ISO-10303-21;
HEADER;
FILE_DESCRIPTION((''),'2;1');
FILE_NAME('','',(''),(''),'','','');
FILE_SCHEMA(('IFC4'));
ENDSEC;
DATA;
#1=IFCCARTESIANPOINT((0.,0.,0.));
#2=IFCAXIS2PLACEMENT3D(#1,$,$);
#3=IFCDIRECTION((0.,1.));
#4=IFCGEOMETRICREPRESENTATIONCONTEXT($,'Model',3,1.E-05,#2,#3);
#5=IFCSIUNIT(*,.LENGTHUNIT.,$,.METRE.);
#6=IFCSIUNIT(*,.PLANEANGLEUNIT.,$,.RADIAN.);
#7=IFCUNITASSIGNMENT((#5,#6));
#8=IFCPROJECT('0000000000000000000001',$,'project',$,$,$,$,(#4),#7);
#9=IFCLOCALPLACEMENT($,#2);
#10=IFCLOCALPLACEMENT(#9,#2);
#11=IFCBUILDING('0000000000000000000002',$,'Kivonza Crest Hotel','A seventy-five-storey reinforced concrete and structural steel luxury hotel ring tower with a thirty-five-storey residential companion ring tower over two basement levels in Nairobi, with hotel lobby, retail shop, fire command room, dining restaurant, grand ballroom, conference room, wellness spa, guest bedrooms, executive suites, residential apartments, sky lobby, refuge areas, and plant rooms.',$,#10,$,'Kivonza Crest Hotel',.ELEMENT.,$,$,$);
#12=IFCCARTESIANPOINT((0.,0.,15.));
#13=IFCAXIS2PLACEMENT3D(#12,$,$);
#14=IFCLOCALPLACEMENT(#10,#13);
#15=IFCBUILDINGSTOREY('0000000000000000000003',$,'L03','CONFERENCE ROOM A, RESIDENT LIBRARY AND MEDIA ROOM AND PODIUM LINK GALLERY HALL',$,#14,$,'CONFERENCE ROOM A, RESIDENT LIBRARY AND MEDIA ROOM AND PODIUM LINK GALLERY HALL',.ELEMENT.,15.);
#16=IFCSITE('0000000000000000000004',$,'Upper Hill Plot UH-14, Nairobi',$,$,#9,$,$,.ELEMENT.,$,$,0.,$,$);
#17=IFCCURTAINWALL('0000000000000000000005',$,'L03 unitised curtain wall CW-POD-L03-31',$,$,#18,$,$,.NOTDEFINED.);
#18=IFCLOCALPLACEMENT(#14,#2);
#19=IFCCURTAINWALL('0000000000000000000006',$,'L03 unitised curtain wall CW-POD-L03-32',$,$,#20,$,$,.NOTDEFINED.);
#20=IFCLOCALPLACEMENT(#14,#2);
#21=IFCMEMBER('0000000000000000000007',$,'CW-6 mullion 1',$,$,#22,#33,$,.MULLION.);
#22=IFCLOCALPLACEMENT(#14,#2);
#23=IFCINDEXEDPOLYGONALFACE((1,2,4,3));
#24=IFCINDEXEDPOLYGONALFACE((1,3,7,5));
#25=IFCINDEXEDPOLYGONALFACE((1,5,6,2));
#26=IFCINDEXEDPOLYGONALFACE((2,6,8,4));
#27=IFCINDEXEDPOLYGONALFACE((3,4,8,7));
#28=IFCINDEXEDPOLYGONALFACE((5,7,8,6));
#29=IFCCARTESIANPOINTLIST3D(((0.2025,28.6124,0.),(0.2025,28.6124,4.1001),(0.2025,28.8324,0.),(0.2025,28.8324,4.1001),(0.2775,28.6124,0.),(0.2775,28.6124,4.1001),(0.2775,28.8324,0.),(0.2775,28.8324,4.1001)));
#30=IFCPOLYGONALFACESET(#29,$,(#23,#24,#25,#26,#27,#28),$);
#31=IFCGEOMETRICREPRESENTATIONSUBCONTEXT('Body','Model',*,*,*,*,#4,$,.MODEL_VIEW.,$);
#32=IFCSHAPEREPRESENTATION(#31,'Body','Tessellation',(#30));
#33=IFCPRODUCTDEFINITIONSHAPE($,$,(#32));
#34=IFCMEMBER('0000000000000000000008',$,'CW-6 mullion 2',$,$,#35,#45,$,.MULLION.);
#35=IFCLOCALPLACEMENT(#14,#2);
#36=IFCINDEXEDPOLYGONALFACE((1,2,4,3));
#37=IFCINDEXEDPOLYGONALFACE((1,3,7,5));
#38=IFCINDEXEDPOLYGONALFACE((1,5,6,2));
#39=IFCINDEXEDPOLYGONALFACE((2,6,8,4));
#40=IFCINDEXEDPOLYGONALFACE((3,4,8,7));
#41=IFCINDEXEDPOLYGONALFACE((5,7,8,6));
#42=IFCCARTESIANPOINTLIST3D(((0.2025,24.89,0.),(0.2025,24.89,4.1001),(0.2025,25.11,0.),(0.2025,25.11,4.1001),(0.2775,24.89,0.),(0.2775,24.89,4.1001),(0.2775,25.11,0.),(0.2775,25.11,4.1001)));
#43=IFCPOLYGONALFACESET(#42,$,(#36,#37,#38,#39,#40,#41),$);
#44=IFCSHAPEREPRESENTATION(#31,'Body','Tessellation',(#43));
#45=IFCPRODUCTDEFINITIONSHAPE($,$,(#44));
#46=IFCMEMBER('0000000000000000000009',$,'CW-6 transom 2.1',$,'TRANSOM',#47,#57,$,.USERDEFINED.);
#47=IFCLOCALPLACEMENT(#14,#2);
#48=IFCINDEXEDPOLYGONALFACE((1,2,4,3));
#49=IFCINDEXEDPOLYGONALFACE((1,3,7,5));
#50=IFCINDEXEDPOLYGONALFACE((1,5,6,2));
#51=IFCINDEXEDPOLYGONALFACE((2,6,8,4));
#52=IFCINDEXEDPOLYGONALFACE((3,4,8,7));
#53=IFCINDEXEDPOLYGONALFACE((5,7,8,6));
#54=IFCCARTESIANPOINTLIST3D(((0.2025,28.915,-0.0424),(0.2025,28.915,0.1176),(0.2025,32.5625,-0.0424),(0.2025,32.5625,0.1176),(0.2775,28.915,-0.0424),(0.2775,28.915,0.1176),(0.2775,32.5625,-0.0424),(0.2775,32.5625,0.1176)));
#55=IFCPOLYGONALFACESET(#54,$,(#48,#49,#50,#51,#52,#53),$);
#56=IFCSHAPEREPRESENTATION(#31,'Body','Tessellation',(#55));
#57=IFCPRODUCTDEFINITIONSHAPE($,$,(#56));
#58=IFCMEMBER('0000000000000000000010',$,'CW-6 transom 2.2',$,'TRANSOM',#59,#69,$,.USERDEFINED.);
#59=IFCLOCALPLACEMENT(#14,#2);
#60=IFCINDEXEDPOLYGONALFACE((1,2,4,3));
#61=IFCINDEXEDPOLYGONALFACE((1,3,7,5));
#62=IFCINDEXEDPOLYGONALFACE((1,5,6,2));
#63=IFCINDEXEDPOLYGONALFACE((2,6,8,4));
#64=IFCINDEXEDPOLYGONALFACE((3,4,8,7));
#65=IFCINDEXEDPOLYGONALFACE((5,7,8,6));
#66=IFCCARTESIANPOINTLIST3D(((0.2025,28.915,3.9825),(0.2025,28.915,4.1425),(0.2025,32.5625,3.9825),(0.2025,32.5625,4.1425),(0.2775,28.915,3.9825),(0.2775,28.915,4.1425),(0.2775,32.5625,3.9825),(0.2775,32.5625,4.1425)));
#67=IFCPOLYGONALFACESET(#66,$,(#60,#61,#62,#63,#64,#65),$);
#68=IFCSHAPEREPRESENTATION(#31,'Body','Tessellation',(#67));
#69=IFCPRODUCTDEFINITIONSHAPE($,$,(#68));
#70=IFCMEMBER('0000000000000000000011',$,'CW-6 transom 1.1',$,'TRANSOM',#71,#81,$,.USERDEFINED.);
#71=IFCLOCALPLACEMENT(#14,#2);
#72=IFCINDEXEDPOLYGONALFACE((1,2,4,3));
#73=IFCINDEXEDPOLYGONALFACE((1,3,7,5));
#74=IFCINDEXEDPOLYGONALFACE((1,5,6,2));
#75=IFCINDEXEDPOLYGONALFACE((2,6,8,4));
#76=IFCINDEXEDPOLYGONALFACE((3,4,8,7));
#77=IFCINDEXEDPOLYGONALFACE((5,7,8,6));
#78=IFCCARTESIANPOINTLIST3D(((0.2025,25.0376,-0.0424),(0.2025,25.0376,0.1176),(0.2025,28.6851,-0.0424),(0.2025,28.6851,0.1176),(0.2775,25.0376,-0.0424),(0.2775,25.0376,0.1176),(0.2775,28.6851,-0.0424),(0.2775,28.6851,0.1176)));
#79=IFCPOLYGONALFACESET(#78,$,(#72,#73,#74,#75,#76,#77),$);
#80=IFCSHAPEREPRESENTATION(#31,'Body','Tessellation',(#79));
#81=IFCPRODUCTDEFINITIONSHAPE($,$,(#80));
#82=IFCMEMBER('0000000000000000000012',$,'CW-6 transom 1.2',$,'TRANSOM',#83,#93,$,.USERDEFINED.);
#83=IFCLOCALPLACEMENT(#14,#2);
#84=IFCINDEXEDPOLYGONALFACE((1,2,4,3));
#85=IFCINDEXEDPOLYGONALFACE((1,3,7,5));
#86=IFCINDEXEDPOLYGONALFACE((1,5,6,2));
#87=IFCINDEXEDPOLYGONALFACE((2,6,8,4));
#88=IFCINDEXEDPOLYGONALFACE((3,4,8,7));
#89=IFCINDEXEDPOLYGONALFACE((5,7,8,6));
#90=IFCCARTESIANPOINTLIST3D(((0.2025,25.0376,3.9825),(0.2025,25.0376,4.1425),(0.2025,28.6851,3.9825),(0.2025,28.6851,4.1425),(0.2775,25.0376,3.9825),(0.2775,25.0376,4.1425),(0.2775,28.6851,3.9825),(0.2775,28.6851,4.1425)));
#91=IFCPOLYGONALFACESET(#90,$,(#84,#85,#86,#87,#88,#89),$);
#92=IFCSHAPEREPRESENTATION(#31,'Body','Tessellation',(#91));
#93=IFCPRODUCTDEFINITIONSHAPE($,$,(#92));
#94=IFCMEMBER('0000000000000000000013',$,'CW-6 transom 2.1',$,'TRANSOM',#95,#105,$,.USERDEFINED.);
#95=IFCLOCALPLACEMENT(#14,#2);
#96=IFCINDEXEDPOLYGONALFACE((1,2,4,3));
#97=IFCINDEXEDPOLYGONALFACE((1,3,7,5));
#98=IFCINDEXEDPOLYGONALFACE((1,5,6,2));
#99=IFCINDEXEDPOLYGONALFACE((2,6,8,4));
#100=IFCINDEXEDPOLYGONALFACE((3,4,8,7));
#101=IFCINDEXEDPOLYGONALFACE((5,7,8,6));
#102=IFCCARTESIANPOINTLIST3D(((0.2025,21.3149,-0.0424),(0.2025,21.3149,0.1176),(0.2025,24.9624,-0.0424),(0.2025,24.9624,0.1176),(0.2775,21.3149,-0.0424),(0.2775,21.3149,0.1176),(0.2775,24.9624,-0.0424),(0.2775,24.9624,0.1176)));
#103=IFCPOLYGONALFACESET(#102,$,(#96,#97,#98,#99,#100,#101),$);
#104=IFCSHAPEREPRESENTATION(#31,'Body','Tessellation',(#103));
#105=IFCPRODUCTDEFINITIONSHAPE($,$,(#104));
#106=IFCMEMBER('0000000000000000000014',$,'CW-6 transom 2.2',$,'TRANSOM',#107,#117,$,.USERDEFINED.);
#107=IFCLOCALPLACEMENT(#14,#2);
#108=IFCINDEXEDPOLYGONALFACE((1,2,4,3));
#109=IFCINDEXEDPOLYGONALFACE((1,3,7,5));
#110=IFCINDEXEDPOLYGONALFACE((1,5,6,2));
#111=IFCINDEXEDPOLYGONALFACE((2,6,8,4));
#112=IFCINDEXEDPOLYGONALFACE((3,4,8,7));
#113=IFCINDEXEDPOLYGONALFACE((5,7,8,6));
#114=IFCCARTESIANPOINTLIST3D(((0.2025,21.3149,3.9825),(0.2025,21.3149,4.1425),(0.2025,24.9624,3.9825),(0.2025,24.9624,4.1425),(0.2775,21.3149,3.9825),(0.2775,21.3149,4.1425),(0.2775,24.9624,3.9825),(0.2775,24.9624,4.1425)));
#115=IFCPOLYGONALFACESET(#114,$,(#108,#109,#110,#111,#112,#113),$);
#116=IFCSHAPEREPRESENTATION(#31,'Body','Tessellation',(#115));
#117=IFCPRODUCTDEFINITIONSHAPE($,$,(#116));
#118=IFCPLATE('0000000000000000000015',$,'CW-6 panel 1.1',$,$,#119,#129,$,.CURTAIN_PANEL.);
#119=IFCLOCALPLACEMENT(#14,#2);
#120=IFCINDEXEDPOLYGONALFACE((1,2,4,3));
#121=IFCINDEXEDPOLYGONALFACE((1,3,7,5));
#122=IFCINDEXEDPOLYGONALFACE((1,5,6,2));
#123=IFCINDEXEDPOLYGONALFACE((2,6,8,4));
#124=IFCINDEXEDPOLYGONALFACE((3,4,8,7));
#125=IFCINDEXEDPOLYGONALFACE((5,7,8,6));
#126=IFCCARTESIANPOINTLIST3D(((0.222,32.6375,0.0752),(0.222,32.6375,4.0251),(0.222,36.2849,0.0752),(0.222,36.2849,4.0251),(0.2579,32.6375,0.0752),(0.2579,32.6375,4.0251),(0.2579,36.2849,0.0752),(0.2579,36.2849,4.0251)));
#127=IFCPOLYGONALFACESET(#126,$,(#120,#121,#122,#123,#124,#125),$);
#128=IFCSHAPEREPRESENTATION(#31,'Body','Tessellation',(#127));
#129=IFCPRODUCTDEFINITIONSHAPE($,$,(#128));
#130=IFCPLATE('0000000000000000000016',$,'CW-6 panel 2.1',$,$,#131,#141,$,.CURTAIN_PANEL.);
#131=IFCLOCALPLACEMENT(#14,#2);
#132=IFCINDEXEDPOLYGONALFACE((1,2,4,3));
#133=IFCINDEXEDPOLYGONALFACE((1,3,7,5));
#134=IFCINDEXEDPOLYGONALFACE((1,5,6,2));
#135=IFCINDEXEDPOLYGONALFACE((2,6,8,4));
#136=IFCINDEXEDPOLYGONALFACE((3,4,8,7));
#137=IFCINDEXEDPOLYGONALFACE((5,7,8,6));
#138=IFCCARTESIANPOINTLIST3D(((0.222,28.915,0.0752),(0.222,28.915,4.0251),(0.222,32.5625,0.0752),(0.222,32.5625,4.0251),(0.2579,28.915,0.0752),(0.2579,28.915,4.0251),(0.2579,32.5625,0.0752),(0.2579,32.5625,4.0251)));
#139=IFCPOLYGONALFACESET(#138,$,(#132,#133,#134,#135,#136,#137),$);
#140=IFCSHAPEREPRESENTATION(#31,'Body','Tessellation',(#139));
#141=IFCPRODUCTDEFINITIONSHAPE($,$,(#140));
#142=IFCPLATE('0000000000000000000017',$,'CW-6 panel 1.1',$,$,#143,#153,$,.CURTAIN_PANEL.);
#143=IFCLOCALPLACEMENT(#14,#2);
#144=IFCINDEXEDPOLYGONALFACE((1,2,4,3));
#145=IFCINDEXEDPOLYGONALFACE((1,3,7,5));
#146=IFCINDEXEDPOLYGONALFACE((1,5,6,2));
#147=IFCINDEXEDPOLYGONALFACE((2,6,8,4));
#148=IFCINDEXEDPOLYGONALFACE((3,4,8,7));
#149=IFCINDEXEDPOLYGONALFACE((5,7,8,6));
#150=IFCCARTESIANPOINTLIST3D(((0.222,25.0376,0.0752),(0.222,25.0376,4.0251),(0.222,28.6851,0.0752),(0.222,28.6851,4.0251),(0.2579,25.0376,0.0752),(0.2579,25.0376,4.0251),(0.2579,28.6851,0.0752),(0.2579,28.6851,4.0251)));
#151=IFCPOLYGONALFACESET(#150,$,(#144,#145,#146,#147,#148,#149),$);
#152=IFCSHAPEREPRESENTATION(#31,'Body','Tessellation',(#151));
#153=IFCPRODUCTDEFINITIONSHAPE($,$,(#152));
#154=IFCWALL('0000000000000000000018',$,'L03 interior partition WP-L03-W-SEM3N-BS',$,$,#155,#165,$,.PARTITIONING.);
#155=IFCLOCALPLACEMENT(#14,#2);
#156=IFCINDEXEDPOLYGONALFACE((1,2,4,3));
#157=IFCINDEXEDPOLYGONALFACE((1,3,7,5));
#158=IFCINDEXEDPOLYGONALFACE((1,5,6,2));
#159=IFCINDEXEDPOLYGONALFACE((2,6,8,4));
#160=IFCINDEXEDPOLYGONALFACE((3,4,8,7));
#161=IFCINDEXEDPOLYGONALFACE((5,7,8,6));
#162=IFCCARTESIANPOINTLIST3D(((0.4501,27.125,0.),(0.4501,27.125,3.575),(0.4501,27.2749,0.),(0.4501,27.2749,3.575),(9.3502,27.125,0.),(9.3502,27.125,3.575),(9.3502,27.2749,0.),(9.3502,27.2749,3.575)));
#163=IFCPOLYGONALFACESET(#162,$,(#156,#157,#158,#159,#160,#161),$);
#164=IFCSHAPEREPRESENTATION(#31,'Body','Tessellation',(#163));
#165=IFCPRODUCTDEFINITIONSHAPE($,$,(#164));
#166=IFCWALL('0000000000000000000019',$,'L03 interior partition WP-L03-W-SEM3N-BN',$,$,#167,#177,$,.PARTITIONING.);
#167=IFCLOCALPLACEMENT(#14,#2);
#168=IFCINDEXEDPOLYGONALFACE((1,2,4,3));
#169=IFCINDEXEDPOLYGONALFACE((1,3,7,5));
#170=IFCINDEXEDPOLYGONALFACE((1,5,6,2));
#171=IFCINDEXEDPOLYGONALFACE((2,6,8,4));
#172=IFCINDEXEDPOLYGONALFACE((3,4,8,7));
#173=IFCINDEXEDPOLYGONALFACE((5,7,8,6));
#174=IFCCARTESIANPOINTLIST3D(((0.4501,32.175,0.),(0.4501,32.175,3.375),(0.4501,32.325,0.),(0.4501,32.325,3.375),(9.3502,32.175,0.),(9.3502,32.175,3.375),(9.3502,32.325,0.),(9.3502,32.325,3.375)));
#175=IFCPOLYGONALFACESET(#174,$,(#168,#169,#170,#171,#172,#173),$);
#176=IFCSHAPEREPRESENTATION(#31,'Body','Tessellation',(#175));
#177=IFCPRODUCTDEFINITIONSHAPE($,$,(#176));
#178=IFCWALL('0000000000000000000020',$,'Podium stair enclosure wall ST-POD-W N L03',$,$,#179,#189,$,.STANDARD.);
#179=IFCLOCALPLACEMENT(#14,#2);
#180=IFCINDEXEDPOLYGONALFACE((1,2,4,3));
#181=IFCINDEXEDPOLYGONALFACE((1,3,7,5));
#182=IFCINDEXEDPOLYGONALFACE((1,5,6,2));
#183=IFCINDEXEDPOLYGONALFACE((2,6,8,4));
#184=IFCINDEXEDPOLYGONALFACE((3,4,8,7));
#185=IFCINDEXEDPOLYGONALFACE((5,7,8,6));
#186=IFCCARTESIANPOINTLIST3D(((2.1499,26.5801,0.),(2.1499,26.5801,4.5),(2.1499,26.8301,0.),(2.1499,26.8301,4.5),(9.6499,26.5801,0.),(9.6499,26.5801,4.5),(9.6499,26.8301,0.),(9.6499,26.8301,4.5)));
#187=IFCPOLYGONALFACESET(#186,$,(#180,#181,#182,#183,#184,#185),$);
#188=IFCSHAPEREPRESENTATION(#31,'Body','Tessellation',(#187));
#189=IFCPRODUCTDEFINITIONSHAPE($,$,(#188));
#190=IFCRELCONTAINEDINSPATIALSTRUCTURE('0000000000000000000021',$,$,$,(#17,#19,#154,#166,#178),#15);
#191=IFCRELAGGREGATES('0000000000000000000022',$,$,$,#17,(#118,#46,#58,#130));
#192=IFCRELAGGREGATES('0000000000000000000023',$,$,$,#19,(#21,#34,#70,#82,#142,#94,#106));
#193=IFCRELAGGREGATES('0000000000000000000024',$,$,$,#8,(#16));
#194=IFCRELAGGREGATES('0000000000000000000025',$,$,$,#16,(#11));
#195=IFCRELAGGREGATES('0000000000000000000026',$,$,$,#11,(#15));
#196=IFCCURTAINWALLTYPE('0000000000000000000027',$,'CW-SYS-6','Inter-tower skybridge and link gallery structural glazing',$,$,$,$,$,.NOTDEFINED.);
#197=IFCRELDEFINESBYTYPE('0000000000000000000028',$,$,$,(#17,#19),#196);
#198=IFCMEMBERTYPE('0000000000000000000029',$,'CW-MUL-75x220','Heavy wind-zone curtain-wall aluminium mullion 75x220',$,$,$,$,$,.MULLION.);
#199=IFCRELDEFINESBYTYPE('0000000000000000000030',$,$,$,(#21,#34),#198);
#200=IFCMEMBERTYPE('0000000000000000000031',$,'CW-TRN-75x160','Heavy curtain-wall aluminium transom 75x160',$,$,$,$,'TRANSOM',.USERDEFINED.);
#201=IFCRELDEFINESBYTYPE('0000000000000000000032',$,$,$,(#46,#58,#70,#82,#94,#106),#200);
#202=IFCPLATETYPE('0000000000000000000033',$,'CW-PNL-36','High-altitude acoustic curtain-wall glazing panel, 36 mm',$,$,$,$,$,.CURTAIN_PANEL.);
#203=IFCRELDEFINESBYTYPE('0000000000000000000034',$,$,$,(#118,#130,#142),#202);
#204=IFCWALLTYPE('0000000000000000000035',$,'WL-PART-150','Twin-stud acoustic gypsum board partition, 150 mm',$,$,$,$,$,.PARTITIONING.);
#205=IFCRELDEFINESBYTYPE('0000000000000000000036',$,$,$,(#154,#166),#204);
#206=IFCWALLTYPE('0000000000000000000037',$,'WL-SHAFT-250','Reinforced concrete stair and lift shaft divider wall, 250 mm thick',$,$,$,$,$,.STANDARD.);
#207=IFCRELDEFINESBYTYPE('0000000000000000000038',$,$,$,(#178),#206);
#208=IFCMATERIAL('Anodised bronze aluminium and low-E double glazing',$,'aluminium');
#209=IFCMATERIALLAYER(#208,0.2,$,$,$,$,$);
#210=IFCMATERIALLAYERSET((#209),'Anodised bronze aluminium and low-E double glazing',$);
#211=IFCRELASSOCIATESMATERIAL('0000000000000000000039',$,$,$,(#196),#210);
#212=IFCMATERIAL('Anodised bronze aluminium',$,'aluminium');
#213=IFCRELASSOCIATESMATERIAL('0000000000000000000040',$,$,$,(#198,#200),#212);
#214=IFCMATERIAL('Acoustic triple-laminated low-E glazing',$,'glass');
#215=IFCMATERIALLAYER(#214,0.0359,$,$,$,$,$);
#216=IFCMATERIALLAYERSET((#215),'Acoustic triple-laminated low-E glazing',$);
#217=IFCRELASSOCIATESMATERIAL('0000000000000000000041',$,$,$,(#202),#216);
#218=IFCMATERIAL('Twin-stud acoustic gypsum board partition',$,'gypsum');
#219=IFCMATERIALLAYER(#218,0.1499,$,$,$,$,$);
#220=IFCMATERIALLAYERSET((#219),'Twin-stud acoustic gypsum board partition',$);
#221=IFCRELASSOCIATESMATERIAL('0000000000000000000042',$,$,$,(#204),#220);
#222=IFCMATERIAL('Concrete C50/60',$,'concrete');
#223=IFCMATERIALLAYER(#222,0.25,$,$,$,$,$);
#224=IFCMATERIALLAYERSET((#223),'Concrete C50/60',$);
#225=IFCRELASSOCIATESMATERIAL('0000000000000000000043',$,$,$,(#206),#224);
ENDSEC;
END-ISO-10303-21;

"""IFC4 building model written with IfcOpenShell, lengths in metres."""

from ifc_helpers import new_model, si_unit, direction, frame, frame_2d, origin, origin_2d, place, context, subcontext, project, spatial, rectangle, extrude, material, layer, layer_set, material_profile, profile_set, type_object, element, aggregate, save


model = new_model("IFC4")

# Units and contexts
model_context = context("Model", 3, precision=1e-05, world=origin(), true_north=direction((0.0, 1.0)))
body_context = subcontext(model_context, "Body", "Model", "MODEL_VIEW")
ifc_project = project(units=[si_unit("LENGTHUNIT", "METRE"), si_unit("PLANEANGLEUNIT", "RADIAN")], contexts=[model_context])

# Site, building, storey
site_placement = place(None, origin())
site = spatial("IfcSite", under=ifc_project, at=site_placement, Name="Upper Hill Plot UH-14, Nairobi", CompositionType="ELEMENT", RefElevation=0.0)
building_placement = place(site_placement, origin())
building = spatial("IfcBuilding", under=site, at=building_placement, Name="Kivonza Crest Hotel", Description="A seventy-five-storey reinforced concrete and structural steel luxury hotel ring tower with a thirty-five-storey residential companion ring tower over two basement levels in Nairobi, with hotel lobby, retail shop, fire command room, dining restaurant, grand ballroom, conference room, wellness spa, guest bedrooms, executive suites, residential apartments, sky lobby, refuge areas, and plant rooms.", LongName="Kivonza Crest Hotel", CompositionType="ELEMENT")
storey_placement = place(building_placement, frame((0.0, 0.0, 15.0)))
storey = spatial("IfcBuildingStorey", under=building, at=storey_placement, Name="L03", Description="CONFERENCE ROOM A, RESIDENT LIBRARY AND MEDIA ROOM AND PODIUM LINK GALLERY HALL", LongName="CONFERENCE ROOM A, RESIDENT LIBRARY AND MEDIA ROOM AND PODIUM LINK GALLERY HALL", CompositionType="ELEMENT", Elevation=15.0)

# Curtain walls, members
ifc_material_1 = material(Name="Anodised bronze aluminium and low-E double glazing", Category="aluminium")
ifc_layer_1 = layer(ifc_material_1, 0.2)
ifc_layer_set_1 = layer_set([ifc_layer_1], Name="Anodised bronze aluminium and low-E double glazing")
curtain_wall_type = type_object("IfcCurtainWallType", Name="CW-SYS-6", Description="Inter-tower skybridge and link gallery structural glazing", PredefinedType="NOTDEFINED", material=ifc_layer_set_1)
curtain_wall_1_placement = place(storey_placement, origin())
curtain_wall_1 = element("IfcCurtainWall", 1, at=curtain_wall_1_placement, inside=storey, type_object=curtain_wall_type, Name="L03 unitised curtain wall CW-POD-L03-31", PredefinedType="NOTDEFINED")
ifc_material_2 = material(Name="Anodised bronze aluminium", Category="aluminium")
ifc_material_profile_1 = material_profile(ifc_material_2, rectangle(XDim=0.075, YDim=0.22, at=origin_2d()), Name="CW-M 75x220")
ifc_profile_set_1 = profile_set([ifc_material_profile_1], Name="Anodised bronze aluminium")
member_type_1 = type_object("IfcMemberType", Name="CW-MUL-75x220", Description="Heavy wind-zone curtain-wall aluminium mullion 75x220", PredefinedType="MULLION", material=ifc_profile_set_1)
curtain_wall_2_placement = place(storey_placement, origin())
curtain_wall_2 = element("IfcCurtainWall", 2, at=curtain_wall_2_placement, inside=storey, type_object=curtain_wall_type, Name="L03 unitised curtain wall CW-POD-L03-32", PredefinedType="NOTDEFINED")
member_1_placement = place(storey_placement, frame((0.24, 28.7224, 0.0), z_axis=(0.0, 0.0, 1.0), x_axis=(1.0, 0.0, 0.0)))
member_1 = element("IfcMember", 3, at=member_1_placement, type_object=member_type_1, Name="CW-6 mullion 1", PredefinedType="MULLION", context=body_context, shape_type="SweptSolid", body=[
    extrude(rectangle(XDim=0.075, YDim=0.22, at=origin_2d()), origin(), (0.0, 0.0, 1.0), 4.1001),
])
member_2_placement = place(storey_placement, frame((0.24, 25.0, 0.0), z_axis=(0.0, 0.0, 1.0), x_axis=(1.0, 0.0, 0.0)))
member_2 = element("IfcMember", 4, at=member_2_placement, type_object=member_type_1, Name="CW-6 mullion 2", PredefinedType="MULLION", context=body_context, shape_type="SweptSolid", body=[
    extrude(rectangle(XDim=0.075, YDim=0.22, at=origin_2d()), origin(), (0.0, 0.0, 1.0), 4.1001),
])

# Members
ifc_material_profile_2 = material_profile(ifc_material_2, rectangle(XDim=0.075, YDim=0.1599, at=origin_2d()), Name="CW-T 75x160")
ifc_profile_set_2 = profile_set([ifc_material_profile_2], Name="Anodised bronze aluminium")
member_type_2 = type_object("IfcMemberType", Name="CW-TRN-75x160", Description="Heavy curtain-wall aluminium transom 75x160", ElementType="TRANSOM", PredefinedType="USERDEFINED", material=ifc_profile_set_2)
member_3_placement = place(storey_placement, frame((0.24, 32.5625, 0.0376), z_axis=(0.0, -1.0, 0.0), x_axis=(1.0, 0.0, 0.0)))
member_3 = element("IfcMember", 5, at=member_3_placement, type_object=member_type_2, Name="CW-6 transom 2.1", ObjectType="TRANSOM", PredefinedType="USERDEFINED", context=body_context, shape_type="SweptSolid", body=[
    extrude(rectangle(XDim=0.075, YDim=0.1599, at=origin_2d()), origin(), (0.0, 0.0, 1.0), 3.6475),
])
member_4_placement = place(storey_placement, frame((0.24, 32.5625, 4.0625), z_axis=(0.0, -1.0, 0.0), x_axis=(1.0, 0.0, 0.0)))
member_4 = element("IfcMember", 6, at=member_4_placement, type_object=member_type_2, Name="CW-6 transom 2.2", ObjectType="TRANSOM", PredefinedType="USERDEFINED", context=body_context, shape_type="SweptSolid", body=[
    extrude(rectangle(XDim=0.075, YDim=0.1599, at=origin_2d()), origin(), (0.0, 0.0, 1.0), 3.6475),
])
member_5_placement = place(storey_placement, frame((0.24, 28.6851, 0.0376), z_axis=(0.0, -1.0, 0.0), x_axis=(1.0, 0.0, 0.0)))
member_5 = element("IfcMember", 7, at=member_5_placement, type_object=member_type_2, Name="CW-6 transom 1.1", ObjectType="TRANSOM", PredefinedType="USERDEFINED", context=body_context, shape_type="SweptSolid", body=[
    extrude(rectangle(XDim=0.075, YDim=0.1599, at=origin_2d()), origin(), (0.0, 0.0, 1.0), 3.6475),
])
member_6_placement = place(storey_placement, frame((0.24, 28.6851, 4.0625), z_axis=(0.0, -1.0, 0.0), x_axis=(1.0, 0.0, 0.0)))
member_6 = element("IfcMember", 8, at=member_6_placement, type_object=member_type_2, Name="CW-6 transom 1.2", ObjectType="TRANSOM", PredefinedType="USERDEFINED", context=body_context, shape_type="SweptSolid", body=[
    extrude(rectangle(XDim=0.075, YDim=0.1599, at=origin_2d()), origin(), (0.0, 0.0, 1.0), 3.6475),
])
member_7_placement = place(storey_placement, frame((0.24, 24.9624, 0.0376), z_axis=(0.0, -1.0, 0.0), x_axis=(1.0, 0.0, 0.0)))
member_7 = element("IfcMember", 9, at=member_7_placement, type_object=member_type_2, Name="CW-6 transom 2.1", ObjectType="TRANSOM", PredefinedType="USERDEFINED", context=body_context, shape_type="SweptSolid", body=[
    extrude(rectangle(XDim=0.075, YDim=0.1599, at=origin_2d()), origin(), (0.0, 0.0, 1.0), 3.6475),
])
member_8_placement = place(storey_placement, frame((0.24, 24.9624, 4.0625), z_axis=(0.0, -1.0, 0.0), x_axis=(1.0, 0.0, 0.0)))
member_8 = element("IfcMember", 10, at=member_8_placement, type_object=member_type_2, Name="CW-6 transom 2.2", ObjectType="TRANSOM", PredefinedType="USERDEFINED", context=body_context, shape_type="SweptSolid", body=[
    extrude(rectangle(XDim=0.075, YDim=0.1599, at=origin_2d()), origin(), (0.0, 0.0, 1.0), 3.6475),
])

# Plates
ifc_material_3 = material(Name="Acoustic triple-laminated low-E glazing", Category="glass")
ifc_layer_2 = layer(ifc_material_3, 0.0359)
ifc_layer_set_2 = layer_set([ifc_layer_2], Name="Acoustic triple-laminated low-E glazing")
plate_type = type_object("IfcPlateType", Name="CW-PNL-36", Description="High-altitude acoustic curtain-wall glazing panel, 36 mm", PredefinedType="CURTAIN_PANEL", material=ifc_layer_set_2)
plate_1_placement = place(storey_placement, frame((0.24, 34.4612, 0.0752), z_axis=(0.0, 0.0, 1.0), x_axis=(0.0, -1.0, 0.0)))
plate_1 = element("IfcPlate", 11, at=plate_1_placement, type_object=plate_type, Name="CW-6 panel 1.1", PredefinedType="CURTAIN_PANEL", context=body_context, shape_type="SweptSolid", body=[
    extrude(rectangle(XDim=3.6475, YDim=0.0359, at=origin_2d()), origin(), (0.0, 0.0, 1.0), 3.95),
])
plate_2_placement = place(storey_placement, frame((0.24, 30.7388, 0.0752), z_axis=(0.0, 0.0, 1.0), x_axis=(0.0, -1.0, 0.0)))
plate_2 = element("IfcPlate", 12, at=plate_2_placement, type_object=plate_type, Name="CW-6 panel 2.1", PredefinedType="CURTAIN_PANEL", context=body_context, shape_type="SweptSolid", body=[
    extrude(rectangle(XDim=3.6475, YDim=0.0359, at=origin_2d()), origin(), (0.0, 0.0, 1.0), 3.95),
])
aggregate(curtain_wall_1, [plate_1, member_3, member_4, plate_2])
plate_3_placement = place(storey_placement, frame((0.24, 26.8613, 0.0752), z_axis=(0.0, 0.0, 1.0), x_axis=(0.0, -1.0, 0.0)))
plate_3 = element("IfcPlate", 13, at=plate_3_placement, type_object=plate_type, Name="CW-6 panel 1.1", PredefinedType="CURTAIN_PANEL", context=body_context, shape_type="SweptSolid", body=[
    extrude(rectangle(XDim=3.6475, YDim=0.0359, at=origin_2d()), origin(), (0.0, 0.0, 1.0), 3.95),
])
aggregate(curtain_wall_2, [member_1, member_2, member_5, member_6, plate_3, member_7, member_8])

# Walls
ifc_material_4 = material(Name="Twin-stud acoustic gypsum board partition", Category="gypsum")
ifc_layer_3 = layer(ifc_material_4, 0.1499)
ifc_layer_set_3 = layer_set([ifc_layer_3], Name="Twin-stud acoustic gypsum board partition")
wall_type_1 = type_object("IfcWallType", Name="WL-PART-150", Description="Twin-stud acoustic gypsum board partition, 150 mm", PredefinedType="PARTITIONING", material=ifc_layer_set_3)
wall_1_placement = place(storey_placement, frame((0.45, 27.2, 0.0), z_axis=(0.0, 0.0, 1.0), x_axis=(1.0, 0.0, 0.0)))
element("IfcWall", 14, at=wall_1_placement, inside=storey, type_object=wall_type_1, Name="L03 interior partition WP-L03-W-SEM3N-BS", PredefinedType="PARTITIONING", context=body_context, shape_type="SweptSolid", body=[
    extrude(rectangle(XDim=8.9001, YDim=0.1499, at=frame_2d((4.4502, 0.0))), origin(), (0.0, 0.0, 1.0), 3.575),
])
wall_2_placement = place(storey_placement, frame((0.45, 32.25, 0.0), z_axis=(0.0, 0.0, 1.0), x_axis=(1.0, 0.0, 0.0)))
element("IfcWall", 15, at=wall_2_placement, inside=storey, type_object=wall_type_1, Name="L03 interior partition WP-L03-W-SEM3N-BN", PredefinedType="PARTITIONING", context=body_context, shape_type="SweptSolid", body=[
    extrude(rectangle(XDim=8.9001, YDim=0.1499, at=frame_2d((4.4502, 0.0))), origin(), (0.0, 0.0, 1.0), 3.375),
])
ifc_material_5 = material(Name="Concrete C50/60", Category="concrete")
ifc_layer_4 = layer(ifc_material_5, 0.25)
ifc_layer_set_4 = layer_set([ifc_layer_4], Name="Concrete C50/60")
wall_type_2 = type_object("IfcWallType", Name="WL-SHAFT-250", Description="Reinforced concrete stair and lift shaft divider wall, 250 mm thick", PredefinedType="STANDARD", material=ifc_layer_set_4)
wall_3_placement = place(storey_placement, frame((2.1499, 26.7051, 0.0), z_axis=(0.0, 0.0, 1.0), x_axis=(1.0, 0.0, 0.0)))
element("IfcWall", 16, at=wall_3_placement, inside=storey, type_object=wall_type_2, Name="Podium stair enclosure wall ST-POD-W N L03", PredefinedType="STANDARD", context=body_context, shape_type="SweptSolid", body=[
    extrude(rectangle(XDim=7.5, YDim=0.25, at=frame_2d((3.75, 0.0))), origin(), (0.0, 0.0, 1.0), 4.5),
])

save(model, "model.ifc")
